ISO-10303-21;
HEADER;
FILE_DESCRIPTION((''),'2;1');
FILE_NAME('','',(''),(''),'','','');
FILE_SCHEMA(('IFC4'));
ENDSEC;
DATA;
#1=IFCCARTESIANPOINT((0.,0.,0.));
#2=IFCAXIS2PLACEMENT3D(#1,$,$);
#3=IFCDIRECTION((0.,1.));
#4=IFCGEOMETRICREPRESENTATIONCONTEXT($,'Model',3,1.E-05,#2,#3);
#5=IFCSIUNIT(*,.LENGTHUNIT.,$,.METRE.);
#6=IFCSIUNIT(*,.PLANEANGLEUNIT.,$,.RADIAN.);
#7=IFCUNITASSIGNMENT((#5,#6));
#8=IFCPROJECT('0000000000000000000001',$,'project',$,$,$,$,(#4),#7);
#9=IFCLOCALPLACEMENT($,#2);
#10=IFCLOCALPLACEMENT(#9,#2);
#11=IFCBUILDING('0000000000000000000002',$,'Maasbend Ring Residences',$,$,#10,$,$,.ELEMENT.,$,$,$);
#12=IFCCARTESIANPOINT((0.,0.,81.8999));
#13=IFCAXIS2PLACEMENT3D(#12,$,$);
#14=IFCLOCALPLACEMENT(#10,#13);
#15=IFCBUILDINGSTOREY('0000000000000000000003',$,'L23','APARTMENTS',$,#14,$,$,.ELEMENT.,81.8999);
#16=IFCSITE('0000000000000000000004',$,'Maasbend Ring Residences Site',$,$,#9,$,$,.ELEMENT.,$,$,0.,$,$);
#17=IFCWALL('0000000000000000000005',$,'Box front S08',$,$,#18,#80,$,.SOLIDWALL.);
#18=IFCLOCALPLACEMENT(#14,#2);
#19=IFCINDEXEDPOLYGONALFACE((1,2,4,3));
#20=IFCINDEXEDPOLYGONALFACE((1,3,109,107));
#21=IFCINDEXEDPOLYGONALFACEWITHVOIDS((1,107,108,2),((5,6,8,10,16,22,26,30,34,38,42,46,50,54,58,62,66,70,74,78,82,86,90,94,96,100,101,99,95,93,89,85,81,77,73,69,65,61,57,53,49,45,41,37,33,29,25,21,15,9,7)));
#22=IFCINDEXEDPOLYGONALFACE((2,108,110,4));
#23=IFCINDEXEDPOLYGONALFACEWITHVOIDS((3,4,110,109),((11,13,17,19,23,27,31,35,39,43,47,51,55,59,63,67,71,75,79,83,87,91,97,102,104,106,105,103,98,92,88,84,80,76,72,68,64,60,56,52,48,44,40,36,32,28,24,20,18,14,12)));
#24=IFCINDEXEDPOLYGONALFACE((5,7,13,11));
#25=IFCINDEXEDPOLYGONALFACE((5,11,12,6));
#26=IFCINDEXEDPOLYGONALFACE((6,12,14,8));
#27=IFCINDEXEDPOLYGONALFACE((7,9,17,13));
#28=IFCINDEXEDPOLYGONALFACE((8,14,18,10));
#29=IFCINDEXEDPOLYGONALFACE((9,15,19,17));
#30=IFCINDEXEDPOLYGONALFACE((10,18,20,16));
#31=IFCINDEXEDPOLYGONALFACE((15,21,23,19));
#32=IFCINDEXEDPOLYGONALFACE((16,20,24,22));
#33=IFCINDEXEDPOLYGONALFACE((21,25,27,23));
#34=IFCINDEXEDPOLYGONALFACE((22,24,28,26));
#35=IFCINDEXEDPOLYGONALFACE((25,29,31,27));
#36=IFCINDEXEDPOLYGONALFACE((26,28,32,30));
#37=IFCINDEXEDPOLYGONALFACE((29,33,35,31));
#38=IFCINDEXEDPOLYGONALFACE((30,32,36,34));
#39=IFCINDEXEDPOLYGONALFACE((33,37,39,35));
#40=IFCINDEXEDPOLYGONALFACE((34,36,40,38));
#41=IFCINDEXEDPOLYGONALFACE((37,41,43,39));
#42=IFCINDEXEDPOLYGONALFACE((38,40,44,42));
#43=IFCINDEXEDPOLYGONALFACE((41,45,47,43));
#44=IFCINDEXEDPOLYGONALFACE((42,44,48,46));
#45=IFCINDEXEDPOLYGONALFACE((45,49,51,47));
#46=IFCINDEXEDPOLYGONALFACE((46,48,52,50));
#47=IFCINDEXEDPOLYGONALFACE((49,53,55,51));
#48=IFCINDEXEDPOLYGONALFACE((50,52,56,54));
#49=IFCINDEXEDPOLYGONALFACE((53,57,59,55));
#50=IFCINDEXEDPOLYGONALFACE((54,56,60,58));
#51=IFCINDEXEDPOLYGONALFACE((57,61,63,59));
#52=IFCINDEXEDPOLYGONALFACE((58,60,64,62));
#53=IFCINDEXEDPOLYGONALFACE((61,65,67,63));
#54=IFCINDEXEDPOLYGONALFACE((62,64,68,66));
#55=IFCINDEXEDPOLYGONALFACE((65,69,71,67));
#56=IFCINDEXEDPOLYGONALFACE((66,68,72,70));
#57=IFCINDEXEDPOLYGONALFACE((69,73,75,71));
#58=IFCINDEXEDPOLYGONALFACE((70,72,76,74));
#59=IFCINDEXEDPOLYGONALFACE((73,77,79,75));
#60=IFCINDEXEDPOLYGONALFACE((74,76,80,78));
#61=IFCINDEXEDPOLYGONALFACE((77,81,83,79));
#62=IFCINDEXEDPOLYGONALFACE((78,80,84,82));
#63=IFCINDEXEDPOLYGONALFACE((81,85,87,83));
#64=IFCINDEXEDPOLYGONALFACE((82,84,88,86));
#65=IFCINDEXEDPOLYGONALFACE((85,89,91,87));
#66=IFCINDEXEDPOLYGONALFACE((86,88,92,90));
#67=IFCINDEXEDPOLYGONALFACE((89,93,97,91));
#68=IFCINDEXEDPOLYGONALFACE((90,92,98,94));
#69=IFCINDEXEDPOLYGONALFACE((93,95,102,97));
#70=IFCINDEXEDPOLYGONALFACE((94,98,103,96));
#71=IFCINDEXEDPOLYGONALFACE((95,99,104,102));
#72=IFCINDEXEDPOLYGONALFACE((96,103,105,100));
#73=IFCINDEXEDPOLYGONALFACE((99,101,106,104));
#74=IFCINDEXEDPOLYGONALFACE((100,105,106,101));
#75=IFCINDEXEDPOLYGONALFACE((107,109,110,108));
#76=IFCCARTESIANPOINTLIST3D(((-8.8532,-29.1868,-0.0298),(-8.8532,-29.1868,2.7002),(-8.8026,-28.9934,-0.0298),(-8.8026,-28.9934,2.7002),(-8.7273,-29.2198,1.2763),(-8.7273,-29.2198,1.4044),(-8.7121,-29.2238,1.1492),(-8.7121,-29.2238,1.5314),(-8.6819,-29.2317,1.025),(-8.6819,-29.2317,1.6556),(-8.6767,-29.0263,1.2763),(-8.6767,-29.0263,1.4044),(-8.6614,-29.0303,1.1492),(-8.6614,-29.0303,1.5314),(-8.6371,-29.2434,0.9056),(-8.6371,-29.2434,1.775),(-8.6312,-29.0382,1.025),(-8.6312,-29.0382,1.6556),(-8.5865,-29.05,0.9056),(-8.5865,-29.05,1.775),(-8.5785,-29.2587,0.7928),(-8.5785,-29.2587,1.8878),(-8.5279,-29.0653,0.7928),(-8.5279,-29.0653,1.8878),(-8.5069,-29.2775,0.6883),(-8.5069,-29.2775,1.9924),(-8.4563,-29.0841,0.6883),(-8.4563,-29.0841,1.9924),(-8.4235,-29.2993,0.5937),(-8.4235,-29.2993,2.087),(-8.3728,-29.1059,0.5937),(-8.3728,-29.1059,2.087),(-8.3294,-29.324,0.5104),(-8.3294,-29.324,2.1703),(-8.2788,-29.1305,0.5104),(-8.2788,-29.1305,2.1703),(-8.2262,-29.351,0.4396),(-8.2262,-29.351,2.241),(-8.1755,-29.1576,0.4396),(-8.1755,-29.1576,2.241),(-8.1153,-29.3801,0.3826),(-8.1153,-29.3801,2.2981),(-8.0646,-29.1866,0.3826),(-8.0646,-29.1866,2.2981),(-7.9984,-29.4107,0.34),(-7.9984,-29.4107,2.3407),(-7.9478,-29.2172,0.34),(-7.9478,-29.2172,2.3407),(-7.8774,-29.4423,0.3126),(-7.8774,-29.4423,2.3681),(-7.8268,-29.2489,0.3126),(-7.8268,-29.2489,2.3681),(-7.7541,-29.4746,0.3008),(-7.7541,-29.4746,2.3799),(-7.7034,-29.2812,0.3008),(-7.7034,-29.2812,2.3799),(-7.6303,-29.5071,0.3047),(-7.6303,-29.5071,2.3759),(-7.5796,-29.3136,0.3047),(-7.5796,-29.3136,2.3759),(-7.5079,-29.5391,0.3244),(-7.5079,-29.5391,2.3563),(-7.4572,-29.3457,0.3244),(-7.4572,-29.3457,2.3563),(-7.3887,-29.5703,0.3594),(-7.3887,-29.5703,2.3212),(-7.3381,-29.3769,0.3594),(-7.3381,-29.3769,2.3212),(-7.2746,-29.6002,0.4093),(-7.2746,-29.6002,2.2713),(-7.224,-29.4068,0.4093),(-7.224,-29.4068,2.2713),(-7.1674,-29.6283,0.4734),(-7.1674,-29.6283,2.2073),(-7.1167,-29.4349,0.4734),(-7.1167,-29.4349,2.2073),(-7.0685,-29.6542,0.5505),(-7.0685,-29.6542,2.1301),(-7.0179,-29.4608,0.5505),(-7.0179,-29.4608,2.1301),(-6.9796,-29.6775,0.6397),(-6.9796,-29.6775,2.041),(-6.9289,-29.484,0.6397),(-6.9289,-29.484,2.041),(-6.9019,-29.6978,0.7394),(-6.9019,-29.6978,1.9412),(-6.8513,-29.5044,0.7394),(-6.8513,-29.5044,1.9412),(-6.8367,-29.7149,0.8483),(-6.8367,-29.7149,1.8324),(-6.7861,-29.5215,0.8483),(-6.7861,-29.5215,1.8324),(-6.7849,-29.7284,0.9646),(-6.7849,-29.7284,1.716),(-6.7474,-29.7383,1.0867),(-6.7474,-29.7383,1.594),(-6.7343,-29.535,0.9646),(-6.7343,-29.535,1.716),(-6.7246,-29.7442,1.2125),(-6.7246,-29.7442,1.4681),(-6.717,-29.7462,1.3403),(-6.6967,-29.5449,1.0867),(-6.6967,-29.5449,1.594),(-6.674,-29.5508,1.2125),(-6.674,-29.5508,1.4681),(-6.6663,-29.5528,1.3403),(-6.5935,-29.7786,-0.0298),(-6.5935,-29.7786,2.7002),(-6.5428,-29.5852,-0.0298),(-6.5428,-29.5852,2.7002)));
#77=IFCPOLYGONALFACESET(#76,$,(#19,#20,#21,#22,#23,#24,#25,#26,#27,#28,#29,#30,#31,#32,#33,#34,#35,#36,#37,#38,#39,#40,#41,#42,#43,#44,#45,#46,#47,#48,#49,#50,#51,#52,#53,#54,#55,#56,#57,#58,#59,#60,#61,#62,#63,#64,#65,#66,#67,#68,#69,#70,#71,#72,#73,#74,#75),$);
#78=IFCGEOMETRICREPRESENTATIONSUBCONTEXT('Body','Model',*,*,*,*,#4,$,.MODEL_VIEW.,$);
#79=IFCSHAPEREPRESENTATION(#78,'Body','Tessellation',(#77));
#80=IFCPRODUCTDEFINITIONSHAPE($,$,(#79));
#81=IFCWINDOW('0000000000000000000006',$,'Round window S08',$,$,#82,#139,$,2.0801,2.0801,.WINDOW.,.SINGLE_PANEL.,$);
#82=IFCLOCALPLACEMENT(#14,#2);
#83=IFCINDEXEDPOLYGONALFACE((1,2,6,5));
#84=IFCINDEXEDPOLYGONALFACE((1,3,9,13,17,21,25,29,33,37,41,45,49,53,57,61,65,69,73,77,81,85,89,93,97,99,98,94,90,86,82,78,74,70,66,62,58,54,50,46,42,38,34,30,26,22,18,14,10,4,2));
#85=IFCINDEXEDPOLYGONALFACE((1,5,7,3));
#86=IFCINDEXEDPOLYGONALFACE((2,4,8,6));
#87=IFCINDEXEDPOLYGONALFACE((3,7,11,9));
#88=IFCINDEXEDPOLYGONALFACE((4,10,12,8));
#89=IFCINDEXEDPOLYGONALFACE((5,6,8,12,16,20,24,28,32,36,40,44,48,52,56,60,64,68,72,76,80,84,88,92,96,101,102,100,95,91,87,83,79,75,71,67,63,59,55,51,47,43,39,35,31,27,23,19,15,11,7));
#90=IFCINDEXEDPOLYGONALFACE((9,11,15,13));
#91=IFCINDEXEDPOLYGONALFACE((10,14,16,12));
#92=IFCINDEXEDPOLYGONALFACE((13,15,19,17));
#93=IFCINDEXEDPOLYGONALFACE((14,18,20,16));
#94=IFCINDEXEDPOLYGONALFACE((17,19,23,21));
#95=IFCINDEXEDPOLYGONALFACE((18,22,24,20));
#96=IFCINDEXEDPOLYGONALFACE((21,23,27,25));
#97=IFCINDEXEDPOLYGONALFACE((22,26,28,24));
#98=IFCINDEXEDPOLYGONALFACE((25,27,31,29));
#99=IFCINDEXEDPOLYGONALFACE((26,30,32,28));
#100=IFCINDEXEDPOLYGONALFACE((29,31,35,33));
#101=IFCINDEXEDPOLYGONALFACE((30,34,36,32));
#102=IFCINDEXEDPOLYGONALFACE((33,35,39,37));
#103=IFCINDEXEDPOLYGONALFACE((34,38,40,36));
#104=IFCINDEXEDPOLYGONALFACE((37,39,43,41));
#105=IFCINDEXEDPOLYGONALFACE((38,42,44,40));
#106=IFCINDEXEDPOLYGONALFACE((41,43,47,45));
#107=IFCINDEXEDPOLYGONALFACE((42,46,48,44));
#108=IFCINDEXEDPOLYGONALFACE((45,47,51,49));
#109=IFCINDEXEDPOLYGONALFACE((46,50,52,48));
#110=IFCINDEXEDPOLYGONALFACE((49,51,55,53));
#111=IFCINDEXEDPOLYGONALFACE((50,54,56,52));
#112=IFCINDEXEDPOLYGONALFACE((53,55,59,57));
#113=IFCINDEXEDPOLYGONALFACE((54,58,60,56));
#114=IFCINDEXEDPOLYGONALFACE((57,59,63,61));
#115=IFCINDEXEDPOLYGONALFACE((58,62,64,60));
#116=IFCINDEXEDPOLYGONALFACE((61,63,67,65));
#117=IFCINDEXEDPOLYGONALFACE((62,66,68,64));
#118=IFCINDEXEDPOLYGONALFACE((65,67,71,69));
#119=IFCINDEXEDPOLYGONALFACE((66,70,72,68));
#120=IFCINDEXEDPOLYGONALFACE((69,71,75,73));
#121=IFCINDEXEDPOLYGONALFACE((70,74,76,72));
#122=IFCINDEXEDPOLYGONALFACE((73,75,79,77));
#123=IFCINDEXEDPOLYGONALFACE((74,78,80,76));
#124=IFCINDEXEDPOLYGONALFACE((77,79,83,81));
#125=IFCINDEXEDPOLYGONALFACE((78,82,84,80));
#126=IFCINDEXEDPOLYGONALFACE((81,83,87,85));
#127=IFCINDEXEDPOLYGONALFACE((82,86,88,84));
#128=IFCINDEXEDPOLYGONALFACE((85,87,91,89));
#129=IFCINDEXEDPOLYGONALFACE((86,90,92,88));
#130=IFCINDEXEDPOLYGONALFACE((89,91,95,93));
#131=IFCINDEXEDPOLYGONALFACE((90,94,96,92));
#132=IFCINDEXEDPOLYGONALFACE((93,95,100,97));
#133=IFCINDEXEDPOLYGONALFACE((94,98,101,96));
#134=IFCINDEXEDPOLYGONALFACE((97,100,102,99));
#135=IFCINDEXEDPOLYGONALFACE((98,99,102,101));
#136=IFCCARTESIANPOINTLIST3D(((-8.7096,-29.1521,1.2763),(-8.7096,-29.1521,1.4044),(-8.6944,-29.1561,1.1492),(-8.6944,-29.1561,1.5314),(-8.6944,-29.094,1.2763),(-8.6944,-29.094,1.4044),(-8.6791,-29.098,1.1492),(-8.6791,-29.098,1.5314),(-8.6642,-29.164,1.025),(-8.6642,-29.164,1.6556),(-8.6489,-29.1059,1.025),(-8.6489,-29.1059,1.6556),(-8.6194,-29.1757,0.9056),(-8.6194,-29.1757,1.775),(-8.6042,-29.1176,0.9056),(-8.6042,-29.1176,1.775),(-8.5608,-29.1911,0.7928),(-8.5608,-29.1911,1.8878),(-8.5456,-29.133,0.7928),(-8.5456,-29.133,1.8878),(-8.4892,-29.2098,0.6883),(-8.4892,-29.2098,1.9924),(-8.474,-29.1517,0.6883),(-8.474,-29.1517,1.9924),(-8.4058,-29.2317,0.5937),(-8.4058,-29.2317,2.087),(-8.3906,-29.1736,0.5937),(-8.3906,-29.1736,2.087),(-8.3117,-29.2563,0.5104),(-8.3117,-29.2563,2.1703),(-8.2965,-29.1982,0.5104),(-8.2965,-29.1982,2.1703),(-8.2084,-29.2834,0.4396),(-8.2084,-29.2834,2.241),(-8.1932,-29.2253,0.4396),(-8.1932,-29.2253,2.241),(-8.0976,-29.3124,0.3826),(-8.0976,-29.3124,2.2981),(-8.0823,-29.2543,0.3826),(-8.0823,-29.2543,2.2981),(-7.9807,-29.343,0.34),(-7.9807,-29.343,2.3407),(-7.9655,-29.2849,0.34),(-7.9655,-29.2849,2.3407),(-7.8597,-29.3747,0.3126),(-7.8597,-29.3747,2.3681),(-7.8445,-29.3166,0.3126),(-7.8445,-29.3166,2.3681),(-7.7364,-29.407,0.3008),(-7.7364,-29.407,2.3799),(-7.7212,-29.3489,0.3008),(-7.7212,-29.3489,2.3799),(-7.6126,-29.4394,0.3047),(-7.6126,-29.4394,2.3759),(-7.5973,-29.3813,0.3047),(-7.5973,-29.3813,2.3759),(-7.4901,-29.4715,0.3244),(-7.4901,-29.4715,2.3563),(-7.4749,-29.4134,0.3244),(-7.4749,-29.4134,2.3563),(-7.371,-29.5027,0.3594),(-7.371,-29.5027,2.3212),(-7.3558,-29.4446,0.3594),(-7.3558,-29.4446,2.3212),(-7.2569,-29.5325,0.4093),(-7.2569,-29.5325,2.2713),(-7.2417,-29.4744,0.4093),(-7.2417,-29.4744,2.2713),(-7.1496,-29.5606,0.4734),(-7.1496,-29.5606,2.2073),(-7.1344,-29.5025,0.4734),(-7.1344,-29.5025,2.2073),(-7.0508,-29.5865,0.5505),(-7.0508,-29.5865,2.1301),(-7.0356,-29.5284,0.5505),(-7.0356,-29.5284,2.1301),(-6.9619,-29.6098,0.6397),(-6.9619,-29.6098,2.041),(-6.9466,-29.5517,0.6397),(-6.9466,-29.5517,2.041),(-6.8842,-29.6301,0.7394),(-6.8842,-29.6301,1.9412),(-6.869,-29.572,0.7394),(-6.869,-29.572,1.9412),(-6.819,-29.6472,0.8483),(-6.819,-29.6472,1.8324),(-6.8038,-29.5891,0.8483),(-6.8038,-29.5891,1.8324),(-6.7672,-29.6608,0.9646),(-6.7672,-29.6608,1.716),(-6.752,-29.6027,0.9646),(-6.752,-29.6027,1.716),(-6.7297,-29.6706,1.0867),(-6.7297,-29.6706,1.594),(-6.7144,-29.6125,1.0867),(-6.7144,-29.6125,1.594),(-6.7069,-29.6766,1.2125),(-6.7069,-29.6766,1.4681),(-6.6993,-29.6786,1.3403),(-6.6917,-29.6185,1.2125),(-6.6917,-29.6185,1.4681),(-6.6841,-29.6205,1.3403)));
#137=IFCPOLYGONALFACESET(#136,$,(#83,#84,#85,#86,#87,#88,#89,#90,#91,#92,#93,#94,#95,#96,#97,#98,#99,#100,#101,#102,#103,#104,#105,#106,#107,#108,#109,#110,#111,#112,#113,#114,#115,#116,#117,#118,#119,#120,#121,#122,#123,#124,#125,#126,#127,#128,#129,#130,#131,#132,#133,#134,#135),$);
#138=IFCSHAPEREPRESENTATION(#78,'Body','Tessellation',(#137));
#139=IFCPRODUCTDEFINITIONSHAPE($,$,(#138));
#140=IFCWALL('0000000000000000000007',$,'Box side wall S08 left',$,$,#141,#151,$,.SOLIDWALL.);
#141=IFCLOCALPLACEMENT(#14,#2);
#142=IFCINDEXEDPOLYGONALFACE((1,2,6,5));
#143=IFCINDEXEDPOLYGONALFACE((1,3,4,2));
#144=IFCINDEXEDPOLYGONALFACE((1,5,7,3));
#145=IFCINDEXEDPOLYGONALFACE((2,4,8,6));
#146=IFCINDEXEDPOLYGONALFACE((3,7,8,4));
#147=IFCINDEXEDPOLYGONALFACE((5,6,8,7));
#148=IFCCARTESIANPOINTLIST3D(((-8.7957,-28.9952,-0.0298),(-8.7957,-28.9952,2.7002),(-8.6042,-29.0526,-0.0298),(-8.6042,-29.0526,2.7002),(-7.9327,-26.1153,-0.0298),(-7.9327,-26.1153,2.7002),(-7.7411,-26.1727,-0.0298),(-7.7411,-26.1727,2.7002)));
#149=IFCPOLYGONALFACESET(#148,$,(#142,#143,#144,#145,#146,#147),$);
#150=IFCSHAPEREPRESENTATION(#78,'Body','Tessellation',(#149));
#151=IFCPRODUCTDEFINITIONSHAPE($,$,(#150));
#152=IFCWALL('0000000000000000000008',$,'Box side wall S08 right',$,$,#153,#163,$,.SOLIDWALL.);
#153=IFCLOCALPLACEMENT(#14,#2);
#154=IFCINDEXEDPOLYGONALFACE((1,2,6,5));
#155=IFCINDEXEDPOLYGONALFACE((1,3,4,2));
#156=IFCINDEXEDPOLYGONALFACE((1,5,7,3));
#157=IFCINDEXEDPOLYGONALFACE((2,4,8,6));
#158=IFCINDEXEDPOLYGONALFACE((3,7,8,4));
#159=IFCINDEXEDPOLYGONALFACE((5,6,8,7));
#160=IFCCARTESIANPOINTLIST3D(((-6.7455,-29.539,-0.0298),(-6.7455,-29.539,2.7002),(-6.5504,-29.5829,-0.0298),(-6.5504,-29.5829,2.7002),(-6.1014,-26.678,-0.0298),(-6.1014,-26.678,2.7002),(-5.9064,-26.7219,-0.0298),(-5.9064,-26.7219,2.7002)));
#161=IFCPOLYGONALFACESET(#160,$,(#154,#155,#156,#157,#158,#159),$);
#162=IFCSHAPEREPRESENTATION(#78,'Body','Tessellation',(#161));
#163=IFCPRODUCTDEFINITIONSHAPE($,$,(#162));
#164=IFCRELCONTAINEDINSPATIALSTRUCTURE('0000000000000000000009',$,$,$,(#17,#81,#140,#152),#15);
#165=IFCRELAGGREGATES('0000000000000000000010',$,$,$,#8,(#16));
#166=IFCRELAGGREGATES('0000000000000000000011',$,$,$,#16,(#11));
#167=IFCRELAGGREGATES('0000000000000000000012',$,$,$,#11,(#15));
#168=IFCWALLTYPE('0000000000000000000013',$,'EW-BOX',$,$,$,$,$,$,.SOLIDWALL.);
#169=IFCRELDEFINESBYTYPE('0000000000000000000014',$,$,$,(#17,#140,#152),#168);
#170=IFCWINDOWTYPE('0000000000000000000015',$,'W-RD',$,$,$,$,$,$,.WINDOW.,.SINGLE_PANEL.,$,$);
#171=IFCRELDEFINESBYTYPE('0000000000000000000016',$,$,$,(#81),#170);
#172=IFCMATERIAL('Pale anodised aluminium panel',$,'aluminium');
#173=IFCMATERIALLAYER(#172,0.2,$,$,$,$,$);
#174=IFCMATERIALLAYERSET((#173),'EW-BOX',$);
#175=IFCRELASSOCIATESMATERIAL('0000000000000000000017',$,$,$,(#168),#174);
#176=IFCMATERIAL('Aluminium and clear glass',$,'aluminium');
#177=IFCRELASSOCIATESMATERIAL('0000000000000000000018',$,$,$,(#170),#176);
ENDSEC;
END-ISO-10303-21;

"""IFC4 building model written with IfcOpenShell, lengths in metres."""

from ifc_helpers import new_model, si_unit, direction, frame, frame_2d, origin, place, context, subcontext, project, spatial, rectangle, circle, extrude, material, layer, layer_set, type_object, element, fill, save


model = new_model("IFC4")

# Units and contexts
model_context = context("Model", 3, precision=1e-05, world=origin(), true_north=direction((0.0, 1.0)))
body_context = subcontext(model_context, "Body", "Model", "MODEL_VIEW")
ifc_project = project(units=[si_unit("LENGTHUNIT", "METRE"), si_unit("PLANEANGLEUNIT", "RADIAN")], contexts=[model_context])

# Site, building, storey
site_placement = place(None, origin())
site = spatial("IfcSite", under=ifc_project, at=site_placement, Name="Maasbend Ring Residences Site", CompositionType="ELEMENT", RefElevation=0.0)
building_placement = place(site_placement, origin())
building = spatial("IfcBuilding", under=site, at=building_placement, Name="Maasbend Ring Residences", CompositionType="ELEMENT")
storey_placement = place(building_placement, frame((0.0, 0.0, 81.8999)))
storey = spatial("IfcBuildingStorey", under=building, at=storey_placement, Name="L23", Description="APARTMENTS", CompositionType="ELEMENT", Elevation=81.8999)

# Wall, opening, window
ifc_material_1 = material(Name="Pale anodised aluminium panel", Category="aluminium")
ifc_layer_1 = layer(ifc_material_1, 0.2)
ifc_layer_set_1 = layer_set([ifc_layer_1], Name="EW-BOX")
wall_type_1 = type_object("IfcWallType", Name="EW-BOX", PredefinedType="SOLIDWALL", material=ifc_layer_set_1)
wall_1_placement = place(storey_placement, frame((-8.8279, -29.0901, -0.0298), z_axis=(0.0, 0.0, 1.0), x_axis=(0.967377, -0.253341, 0.0)))
wall_1 = element("IfcWall", 1, at=wall_1_placement, inside=storey, type_object=wall_type_1, Name="Box front S08", PredefinedType="SOLIDWALL", context=body_context, shape_type="SweptSolid", body=[
    extrude(rectangle(XDim=2.3359, YDim=0.2, at=frame_2d((1.168, 0.0))), origin(), (0.0, 0.0, 1.0), 2.73),
])
opening_1_placement = place(wall_1_placement, frame((0.1282, 0.0, 0.3301)))
opening_1 = element("IfcOpeningElement", 2, at=opening_1_placement, cuts=wall_1, PredefinedType="OPENING", context=body_context, shape_type="SweptSolid", body=[
    extrude(circle(Radius=1.04, at=frame_2d((1.04, 1.04))), frame((0.0, 0.1099, 0.0), z_axis=(0.0, -1.0, 0.0), x_axis=(1.0, 0.0, 0.0)), (0.0, 0.0, 1.0), 0.22),
])
ifc_material_2 = material(Name="Aluminium and clear glass", Category="aluminium")
window_type_1 = type_object("IfcWindowType", Name="W-RD", PartitioningType="SINGLE_PANEL", PredefinedType="WINDOW", material=ifc_material_2)
window_1_placement = place(opening_1_placement, origin())
window_1 = element("IfcWindow", 3, at=window_1_placement, inside=storey, type_object=window_type_1, Name="Round window S08", OverallHeight=2.0801, OverallWidth=2.0801, PartitioningType="SINGLE_PANEL", PredefinedType="WINDOW", context=body_context, shape_type="SweptSolid", body=[
    extrude(circle(Radius=1.04, at=frame_2d((1.04, 1.04))), frame((0.0, 0.03, 0.0), z_axis=(0.0, -1.0, 0.0), x_axis=(1.0, 0.0, 0.0)), (0.0, 0.0, 1.0), 0.0601),
])
fill(opening_1, window_1)

# Walls
wall_2_placement = place(storey_placement, frame((-7.8369, -26.144, -0.0298), z_axis=(0.0, 0.0, 1.0), x_axis=(-0.287065, -0.957911, 0.0)))
element("IfcWall", 4, at=wall_2_placement, inside=storey, type_object=wall_type_1, Name="Box side wall S08 left", PredefinedType="SOLIDWALL", context=body_context, shape_type="SweptSolid", body=[
    extrude(rectangle(XDim=3.0063, YDim=0.2, at=frame_2d((1.5032, 0.0))), origin(), (0.0, 0.0, 1.0), 2.73),
])
wall_3_placement = place(storey_placement, frame((-6.0039, -26.7, -0.0298), z_axis=(0.0, 0.0, 1.0), x_axis=(-0.219609, -0.975588, 0.0)))
element("IfcWall", 5, at=wall_3_placement, inside=storey, type_object=wall_type_1, Name="Box side wall S08 right", PredefinedType="SOLIDWALL", context=body_context, shape_type="SweptSolid", body=[
    extrude(rectangle(XDim=2.9326, YDim=0.2, at=frame_2d((1.4663, 0.0))), origin(), (0.0, 0.0, 1.0), 2.73),
])

save(model, "model.ifc")
